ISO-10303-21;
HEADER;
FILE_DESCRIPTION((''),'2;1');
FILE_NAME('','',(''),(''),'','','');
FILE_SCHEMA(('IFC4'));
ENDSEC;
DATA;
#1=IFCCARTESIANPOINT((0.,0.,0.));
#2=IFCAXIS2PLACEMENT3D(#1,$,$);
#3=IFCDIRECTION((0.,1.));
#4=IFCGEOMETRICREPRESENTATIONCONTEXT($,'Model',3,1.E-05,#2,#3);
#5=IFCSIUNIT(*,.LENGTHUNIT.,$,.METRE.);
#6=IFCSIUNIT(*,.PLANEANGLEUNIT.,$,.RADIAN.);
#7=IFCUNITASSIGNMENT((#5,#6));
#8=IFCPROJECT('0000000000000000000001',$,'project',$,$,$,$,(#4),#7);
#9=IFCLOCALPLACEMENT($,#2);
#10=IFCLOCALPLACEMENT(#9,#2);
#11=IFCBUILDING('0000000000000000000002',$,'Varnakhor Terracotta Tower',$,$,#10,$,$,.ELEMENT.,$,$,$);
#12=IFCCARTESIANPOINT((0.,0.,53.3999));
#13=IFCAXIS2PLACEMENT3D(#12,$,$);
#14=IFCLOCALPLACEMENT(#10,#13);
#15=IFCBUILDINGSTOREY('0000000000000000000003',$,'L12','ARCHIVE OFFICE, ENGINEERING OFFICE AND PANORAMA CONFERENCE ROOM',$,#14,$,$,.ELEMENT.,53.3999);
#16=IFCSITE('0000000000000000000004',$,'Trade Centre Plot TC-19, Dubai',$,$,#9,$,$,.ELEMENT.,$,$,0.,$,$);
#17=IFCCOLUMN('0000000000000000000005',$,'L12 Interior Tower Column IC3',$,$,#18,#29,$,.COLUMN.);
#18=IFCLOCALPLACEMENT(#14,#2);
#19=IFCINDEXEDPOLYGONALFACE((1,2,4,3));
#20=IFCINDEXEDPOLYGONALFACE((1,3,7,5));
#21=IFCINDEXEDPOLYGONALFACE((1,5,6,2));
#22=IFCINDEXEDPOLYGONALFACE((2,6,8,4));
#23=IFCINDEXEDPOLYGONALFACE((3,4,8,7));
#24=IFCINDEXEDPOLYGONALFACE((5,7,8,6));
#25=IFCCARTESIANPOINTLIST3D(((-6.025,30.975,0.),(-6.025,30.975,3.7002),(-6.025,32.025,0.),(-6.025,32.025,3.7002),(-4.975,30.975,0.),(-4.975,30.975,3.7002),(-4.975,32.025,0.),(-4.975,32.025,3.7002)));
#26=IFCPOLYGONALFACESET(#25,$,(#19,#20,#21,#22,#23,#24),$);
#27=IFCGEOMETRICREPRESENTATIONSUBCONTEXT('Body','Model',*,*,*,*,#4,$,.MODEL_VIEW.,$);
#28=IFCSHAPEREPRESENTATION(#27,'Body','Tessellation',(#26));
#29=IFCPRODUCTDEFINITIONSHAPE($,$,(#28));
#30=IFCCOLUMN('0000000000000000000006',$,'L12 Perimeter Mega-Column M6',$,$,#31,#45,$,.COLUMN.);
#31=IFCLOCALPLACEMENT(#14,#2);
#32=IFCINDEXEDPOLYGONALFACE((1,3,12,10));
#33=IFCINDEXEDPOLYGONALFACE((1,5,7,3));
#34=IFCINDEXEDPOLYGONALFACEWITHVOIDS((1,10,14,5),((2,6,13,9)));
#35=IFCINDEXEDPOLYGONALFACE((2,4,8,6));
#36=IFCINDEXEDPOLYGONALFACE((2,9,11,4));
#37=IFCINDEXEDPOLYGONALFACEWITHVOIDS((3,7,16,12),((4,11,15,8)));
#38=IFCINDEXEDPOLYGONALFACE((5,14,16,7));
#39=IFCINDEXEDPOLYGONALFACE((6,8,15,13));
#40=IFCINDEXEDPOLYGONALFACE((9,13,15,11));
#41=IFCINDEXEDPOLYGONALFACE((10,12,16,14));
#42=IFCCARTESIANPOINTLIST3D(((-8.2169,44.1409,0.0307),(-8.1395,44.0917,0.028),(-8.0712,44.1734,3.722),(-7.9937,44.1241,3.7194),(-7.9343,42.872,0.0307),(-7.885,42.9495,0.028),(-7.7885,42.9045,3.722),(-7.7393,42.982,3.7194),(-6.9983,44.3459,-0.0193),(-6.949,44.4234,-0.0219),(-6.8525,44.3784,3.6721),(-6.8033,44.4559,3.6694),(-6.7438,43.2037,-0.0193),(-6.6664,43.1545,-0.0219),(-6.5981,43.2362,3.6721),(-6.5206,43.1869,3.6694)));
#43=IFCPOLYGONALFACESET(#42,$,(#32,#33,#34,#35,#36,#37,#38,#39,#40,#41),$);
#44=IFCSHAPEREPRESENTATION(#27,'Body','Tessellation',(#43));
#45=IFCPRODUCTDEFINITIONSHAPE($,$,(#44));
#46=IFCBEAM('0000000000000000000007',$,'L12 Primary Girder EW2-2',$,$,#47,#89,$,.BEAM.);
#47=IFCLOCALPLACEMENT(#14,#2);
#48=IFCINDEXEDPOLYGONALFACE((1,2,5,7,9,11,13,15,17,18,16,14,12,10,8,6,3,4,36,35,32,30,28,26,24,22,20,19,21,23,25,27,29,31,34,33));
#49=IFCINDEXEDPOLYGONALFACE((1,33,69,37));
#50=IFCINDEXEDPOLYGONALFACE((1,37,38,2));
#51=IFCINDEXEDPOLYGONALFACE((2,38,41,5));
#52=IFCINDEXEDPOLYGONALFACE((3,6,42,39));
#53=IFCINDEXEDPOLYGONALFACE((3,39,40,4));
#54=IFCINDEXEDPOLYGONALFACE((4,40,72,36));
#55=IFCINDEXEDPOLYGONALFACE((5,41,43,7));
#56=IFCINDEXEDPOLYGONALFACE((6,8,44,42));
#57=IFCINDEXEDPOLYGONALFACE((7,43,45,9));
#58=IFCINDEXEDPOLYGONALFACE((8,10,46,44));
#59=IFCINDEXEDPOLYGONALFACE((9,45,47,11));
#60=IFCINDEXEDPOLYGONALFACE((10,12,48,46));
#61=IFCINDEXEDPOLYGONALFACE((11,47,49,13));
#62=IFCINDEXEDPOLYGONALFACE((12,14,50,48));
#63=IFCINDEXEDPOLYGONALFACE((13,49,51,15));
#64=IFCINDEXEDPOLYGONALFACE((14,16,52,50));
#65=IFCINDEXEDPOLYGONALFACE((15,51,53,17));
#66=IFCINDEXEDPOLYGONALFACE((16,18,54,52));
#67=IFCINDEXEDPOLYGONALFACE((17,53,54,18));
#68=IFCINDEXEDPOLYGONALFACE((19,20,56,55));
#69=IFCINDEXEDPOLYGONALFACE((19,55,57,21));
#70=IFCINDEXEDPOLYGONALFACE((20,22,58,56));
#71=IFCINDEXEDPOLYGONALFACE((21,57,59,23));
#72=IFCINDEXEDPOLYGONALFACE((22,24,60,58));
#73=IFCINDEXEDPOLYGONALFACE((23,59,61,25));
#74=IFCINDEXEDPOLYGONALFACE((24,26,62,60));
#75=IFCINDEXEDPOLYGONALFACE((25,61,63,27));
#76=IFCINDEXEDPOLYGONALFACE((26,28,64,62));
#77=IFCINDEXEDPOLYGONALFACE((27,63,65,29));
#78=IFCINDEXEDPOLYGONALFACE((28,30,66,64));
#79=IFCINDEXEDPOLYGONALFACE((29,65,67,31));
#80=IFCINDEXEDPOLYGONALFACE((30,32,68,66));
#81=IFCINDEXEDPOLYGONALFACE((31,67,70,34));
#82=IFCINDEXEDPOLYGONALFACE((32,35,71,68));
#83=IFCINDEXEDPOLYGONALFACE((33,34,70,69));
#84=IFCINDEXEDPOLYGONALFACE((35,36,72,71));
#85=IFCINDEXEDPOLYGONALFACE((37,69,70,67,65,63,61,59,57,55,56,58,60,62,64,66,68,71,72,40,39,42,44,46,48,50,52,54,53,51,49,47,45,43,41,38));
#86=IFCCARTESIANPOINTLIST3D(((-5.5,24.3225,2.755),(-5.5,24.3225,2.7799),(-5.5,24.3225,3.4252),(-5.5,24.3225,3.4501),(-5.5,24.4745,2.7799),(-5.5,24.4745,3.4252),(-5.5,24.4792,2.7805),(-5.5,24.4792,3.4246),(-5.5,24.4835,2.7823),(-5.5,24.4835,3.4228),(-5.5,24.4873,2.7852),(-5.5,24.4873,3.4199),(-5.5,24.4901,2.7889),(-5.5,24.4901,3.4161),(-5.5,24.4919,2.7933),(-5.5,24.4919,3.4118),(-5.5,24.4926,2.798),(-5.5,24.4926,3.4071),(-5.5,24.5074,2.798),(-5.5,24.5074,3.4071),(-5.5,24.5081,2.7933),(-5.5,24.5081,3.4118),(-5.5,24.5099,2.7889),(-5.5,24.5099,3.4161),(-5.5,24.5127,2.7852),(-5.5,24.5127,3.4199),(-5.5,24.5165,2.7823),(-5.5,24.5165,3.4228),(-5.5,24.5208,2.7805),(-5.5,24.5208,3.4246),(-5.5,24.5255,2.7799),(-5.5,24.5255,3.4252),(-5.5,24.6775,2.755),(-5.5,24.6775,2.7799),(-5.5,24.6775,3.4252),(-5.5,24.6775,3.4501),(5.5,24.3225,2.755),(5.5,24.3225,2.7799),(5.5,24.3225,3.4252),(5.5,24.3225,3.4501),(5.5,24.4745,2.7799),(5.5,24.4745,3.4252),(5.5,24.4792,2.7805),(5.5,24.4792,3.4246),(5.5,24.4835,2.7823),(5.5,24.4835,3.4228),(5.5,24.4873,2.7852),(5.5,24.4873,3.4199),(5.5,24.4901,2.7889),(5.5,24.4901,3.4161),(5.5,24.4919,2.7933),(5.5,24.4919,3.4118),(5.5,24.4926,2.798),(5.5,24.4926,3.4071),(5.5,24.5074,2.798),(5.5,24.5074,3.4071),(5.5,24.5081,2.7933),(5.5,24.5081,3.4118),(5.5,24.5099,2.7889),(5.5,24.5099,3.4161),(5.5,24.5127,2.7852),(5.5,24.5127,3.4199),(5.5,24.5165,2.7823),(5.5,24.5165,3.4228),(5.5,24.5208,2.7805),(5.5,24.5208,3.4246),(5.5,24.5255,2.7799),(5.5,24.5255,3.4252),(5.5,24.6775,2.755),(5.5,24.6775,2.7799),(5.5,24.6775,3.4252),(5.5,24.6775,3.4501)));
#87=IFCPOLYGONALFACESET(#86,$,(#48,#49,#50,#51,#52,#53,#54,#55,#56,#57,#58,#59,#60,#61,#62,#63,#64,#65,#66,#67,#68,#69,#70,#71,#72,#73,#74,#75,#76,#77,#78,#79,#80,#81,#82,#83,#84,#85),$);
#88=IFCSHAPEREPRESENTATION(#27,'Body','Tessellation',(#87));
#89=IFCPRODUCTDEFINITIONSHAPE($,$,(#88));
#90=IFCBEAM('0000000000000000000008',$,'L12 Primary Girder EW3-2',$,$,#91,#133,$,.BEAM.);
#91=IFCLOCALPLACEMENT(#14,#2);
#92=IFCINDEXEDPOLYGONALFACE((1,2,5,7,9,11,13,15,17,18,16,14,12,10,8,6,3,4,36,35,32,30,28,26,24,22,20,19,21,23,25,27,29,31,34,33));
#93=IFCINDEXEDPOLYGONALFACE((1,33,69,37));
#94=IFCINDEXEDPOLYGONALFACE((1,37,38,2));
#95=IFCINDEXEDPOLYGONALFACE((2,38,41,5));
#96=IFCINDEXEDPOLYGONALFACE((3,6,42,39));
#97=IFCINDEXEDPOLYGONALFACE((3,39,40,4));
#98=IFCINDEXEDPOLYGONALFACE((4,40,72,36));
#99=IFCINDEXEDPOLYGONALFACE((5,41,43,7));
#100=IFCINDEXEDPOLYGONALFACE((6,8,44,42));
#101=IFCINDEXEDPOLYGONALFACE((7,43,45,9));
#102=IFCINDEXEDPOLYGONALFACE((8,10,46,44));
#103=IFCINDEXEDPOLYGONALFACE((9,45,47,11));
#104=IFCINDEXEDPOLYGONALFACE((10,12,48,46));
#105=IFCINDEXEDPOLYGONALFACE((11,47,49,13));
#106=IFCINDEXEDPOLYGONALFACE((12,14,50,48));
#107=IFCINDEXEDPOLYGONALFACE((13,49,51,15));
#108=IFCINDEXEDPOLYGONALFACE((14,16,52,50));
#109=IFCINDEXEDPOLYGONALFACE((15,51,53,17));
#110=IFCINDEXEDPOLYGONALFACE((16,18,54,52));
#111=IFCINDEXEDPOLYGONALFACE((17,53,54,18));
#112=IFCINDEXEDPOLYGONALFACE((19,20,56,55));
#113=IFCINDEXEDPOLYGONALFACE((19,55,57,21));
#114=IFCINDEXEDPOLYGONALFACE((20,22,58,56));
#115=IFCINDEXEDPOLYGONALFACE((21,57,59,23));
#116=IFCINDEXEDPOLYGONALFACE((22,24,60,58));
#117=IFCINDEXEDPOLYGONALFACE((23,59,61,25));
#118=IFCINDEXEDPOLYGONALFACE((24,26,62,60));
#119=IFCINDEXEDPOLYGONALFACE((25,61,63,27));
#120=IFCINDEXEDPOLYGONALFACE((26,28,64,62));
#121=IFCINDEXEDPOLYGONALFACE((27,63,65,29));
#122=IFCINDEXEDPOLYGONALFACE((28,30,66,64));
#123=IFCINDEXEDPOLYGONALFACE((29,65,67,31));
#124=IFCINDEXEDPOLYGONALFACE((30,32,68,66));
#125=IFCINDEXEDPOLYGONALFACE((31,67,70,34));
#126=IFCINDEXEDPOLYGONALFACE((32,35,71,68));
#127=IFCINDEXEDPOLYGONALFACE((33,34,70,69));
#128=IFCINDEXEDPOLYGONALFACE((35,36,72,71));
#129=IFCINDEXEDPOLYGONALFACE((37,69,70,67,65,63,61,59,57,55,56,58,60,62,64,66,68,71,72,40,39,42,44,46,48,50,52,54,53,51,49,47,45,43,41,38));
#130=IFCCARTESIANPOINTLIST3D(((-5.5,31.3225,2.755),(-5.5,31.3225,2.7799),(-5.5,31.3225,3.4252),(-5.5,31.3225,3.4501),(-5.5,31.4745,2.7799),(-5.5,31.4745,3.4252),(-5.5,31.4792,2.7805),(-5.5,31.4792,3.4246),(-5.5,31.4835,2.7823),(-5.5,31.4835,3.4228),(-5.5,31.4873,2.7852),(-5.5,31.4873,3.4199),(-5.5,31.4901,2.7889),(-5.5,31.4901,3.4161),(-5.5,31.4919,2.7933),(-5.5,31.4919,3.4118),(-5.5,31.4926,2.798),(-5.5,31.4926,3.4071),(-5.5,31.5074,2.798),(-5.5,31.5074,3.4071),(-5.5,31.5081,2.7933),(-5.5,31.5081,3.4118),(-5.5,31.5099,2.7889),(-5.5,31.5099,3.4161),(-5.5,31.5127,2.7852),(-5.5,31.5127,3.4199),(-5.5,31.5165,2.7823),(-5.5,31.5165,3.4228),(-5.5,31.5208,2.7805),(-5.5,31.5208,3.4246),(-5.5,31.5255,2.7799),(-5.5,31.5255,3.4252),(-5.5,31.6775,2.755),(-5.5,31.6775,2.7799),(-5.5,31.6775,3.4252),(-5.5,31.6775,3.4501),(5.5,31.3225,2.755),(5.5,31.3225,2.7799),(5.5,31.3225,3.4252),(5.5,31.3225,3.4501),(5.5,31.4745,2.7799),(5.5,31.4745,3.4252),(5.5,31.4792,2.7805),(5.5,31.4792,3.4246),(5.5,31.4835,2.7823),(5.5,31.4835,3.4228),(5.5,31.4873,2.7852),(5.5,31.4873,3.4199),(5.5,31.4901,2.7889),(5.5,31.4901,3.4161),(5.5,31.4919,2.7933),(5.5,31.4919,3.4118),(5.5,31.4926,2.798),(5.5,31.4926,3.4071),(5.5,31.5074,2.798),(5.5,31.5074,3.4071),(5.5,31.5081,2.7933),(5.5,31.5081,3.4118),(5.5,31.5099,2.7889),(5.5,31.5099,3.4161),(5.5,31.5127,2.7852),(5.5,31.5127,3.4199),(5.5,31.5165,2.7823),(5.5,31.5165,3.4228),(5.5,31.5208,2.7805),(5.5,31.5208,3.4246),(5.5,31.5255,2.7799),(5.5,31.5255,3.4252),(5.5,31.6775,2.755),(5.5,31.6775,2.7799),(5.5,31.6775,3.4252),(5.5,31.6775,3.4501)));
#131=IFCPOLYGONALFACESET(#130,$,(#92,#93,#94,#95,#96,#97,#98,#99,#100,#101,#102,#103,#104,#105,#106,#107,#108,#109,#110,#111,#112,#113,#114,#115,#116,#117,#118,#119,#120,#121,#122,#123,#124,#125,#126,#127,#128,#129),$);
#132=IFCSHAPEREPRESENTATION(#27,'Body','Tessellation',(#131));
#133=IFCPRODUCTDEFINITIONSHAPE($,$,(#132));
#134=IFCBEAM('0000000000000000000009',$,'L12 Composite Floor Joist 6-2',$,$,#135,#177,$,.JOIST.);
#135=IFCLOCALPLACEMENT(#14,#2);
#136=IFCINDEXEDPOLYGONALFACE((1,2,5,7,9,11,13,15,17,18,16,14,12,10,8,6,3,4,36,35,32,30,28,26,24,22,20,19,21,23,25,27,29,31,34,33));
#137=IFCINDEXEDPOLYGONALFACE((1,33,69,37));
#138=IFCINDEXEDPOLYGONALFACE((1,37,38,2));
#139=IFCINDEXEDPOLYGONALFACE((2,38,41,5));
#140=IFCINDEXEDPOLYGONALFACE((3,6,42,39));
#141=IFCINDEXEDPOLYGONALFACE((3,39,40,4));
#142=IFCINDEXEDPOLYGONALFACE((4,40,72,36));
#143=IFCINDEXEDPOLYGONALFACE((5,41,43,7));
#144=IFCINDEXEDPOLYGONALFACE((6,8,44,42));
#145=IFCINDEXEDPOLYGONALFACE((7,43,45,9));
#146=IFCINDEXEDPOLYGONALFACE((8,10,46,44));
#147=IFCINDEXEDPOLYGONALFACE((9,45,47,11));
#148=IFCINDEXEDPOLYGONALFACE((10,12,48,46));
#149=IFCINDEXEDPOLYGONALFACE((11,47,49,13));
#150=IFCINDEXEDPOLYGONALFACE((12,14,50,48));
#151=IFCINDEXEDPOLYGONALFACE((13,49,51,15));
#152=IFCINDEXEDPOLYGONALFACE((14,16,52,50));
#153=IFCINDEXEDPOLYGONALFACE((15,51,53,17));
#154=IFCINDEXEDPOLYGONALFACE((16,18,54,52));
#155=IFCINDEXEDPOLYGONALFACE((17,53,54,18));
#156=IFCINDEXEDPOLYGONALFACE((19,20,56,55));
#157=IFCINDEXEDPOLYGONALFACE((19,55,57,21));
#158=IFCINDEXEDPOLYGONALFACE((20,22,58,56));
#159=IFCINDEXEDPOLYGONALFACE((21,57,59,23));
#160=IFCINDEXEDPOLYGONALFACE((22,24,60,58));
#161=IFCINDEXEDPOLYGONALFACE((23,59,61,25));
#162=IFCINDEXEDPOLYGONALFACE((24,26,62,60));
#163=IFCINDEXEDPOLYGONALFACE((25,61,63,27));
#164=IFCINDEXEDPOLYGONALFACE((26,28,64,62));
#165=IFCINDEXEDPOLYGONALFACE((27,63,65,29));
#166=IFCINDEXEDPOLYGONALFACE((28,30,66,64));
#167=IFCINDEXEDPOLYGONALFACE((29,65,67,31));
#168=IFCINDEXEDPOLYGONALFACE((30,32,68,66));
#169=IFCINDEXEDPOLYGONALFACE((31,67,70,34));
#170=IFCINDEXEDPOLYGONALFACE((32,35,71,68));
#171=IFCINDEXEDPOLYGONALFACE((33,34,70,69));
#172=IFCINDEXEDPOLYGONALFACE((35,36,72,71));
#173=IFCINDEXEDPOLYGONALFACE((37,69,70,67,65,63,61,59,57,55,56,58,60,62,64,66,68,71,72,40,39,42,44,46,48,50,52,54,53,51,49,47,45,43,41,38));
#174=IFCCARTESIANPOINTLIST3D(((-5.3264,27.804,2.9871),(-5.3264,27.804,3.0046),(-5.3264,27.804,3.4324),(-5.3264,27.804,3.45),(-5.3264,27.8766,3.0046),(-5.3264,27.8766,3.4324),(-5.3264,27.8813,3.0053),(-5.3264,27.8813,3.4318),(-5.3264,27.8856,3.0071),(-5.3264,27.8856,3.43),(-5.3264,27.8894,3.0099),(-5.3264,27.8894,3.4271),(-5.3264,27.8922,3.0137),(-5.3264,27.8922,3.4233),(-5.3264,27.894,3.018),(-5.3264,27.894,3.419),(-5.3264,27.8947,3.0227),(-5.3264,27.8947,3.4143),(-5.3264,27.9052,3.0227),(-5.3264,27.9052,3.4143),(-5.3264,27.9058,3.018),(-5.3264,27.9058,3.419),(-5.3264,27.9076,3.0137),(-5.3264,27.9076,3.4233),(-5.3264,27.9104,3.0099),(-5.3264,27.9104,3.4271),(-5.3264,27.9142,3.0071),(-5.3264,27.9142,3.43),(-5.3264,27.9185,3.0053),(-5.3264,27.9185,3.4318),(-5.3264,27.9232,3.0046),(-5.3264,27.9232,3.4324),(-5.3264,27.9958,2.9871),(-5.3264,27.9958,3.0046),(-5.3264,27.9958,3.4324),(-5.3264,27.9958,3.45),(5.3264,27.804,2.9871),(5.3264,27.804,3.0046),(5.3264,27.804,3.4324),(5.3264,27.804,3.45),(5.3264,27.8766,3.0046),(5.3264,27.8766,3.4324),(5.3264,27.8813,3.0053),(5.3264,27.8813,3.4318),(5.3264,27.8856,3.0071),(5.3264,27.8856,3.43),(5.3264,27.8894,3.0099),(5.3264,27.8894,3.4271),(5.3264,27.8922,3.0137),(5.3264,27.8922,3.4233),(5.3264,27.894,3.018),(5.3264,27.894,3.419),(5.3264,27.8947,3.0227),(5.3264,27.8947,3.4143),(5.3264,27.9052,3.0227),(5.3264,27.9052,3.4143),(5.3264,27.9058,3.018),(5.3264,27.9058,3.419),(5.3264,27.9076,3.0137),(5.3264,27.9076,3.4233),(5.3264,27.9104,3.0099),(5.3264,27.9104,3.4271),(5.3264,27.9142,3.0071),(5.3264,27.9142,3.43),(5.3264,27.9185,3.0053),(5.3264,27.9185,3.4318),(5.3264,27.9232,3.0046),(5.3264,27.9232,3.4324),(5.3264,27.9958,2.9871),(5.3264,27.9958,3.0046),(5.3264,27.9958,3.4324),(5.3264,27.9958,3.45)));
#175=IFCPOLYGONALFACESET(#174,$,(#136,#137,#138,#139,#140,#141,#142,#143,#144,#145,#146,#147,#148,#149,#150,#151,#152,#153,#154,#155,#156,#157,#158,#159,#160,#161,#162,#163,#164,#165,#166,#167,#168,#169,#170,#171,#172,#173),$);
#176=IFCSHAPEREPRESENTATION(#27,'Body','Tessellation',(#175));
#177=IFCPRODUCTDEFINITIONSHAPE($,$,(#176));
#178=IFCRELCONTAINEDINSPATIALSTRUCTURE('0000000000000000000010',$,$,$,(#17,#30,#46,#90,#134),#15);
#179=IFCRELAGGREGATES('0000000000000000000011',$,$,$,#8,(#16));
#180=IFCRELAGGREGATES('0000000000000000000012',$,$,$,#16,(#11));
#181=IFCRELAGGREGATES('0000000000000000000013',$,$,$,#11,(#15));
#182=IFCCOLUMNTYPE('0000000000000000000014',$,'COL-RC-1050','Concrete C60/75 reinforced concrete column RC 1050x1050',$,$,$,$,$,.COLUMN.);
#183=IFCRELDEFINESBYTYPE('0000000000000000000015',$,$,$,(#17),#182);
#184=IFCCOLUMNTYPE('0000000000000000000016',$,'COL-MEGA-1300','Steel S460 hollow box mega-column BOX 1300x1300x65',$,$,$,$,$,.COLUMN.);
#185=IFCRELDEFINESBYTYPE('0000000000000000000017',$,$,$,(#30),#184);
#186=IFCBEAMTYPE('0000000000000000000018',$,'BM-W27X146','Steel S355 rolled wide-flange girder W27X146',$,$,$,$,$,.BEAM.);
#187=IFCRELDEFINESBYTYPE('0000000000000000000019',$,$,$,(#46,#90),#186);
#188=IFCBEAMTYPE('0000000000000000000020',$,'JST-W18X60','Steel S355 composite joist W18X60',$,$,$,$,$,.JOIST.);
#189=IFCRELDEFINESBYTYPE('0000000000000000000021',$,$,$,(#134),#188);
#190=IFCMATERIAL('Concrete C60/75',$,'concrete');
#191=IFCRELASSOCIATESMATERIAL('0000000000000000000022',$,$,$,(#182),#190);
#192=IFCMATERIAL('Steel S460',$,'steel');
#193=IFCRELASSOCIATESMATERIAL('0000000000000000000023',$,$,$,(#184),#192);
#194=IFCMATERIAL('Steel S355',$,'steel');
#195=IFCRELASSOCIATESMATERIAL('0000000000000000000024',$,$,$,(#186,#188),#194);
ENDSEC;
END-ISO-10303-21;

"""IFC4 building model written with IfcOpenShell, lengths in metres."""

from ifc_helpers import new_model, si_unit, direction, frame, origin, origin_2d, place, context, subcontext, project, spatial, rectangle, hollow_rectangle, i_section, extrude, source, transform, mapped, material, material_profile, profile_set, type_object, element, save


model = new_model("IFC4")

# Units and contexts
model_context = context("Model", 3, precision=1e-05, world=origin(), true_north=direction((0.0, 1.0)))
body_context = subcontext(model_context, "Body", "Model", "MODEL_VIEW")
ifc_project = project(units=[si_unit("LENGTHUNIT", "METRE"), si_unit("PLANEANGLEUNIT", "RADIAN")], contexts=[model_context])

# Site, building, storey
site_placement = place(None, origin())
site = spatial("IfcSite", under=ifc_project, at=site_placement, Name="Trade Centre Plot TC-19, Dubai", CompositionType="ELEMENT", RefElevation=0.0)
building_placement = place(site_placement, origin())
building = spatial("IfcBuilding", under=site, at=building_placement, Name="Varnakhor Terracotta Tower", CompositionType="ELEMENT")
storey_placement = place(building_placement, frame((0.0, 0.0, 53.3999)))
storey = spatial("IfcBuildingStorey", under=building, at=storey_placement, Name="L12", Description="ARCHIVE OFFICE, ENGINEERING OFFICE AND PANORAMA CONFERENCE ROOM", CompositionType="ELEMENT", Elevation=53.3999)

# Columns
ifc_material_1 = material(Name="Concrete C60/75", Category="concrete")
ifc_material_profile_1 = material_profile(ifc_material_1, rectangle(XDim=1.05, YDim=1.05, at=origin_2d()), Name="RC 1050x1050")
ifc_profile_set_1 = profile_set([ifc_material_profile_1], Name="Concrete C60/75")
column_type_1 = type_object("IfcColumnType", Name="COL-RC-1050", Description="Concrete C60/75 reinforced concrete column RC 1050x1050", PredefinedType="COLUMN", material=ifc_profile_set_1)
shared_shape_1 = source(origin(), body_context, "Body", "SweptSolid", [
    extrude(rectangle(XDim=1.05, YDim=1.05, at=origin_2d()), origin(), (0.0, 0.0, 1.0), 3.7002),
])
column_1_placement = place(storey_placement, frame((-5.5, 31.5, 0.0), z_axis=(0.0, 0.0, 1.0), x_axis=(1.0, 0.0, 0.0)))
element("IfcColumn", 1, at=column_1_placement, inside=storey, type_object=column_type_1, Name="L12 Interior Tower Column IC3", PredefinedType="COLUMN", context=body_context, shape_type="MappedRepresentation", body=[
    mapped(shared_shape_1, transform((0.0, 0.0, 0.0), scale=1.0)),
])
ifc_material_2 = material(Name="Steel S460", Category="steel")
ifc_material_profile_2 = material_profile(ifc_material_2, hollow_rectangle(XDim=1.3, YDim=1.3, WallThickness=0.0649, at=origin_2d()), Name="BOX 1300x1300x65")
ifc_profile_set_2 = profile_set([ifc_material_profile_2], Name="Steel S460")
column_type_2 = type_object("IfcColumnType", Name="COL-MEGA-1300", Description="Steel S460 hollow box mega-column BOX 1300x1300x65", PredefinedType="COLUMN", material=ifc_profile_set_2)
shared_shape_2 = source(origin(), body_context, "Body", "SweptSolid", [
    extrude(hollow_rectangle(XDim=1.3, YDim=1.3, WallThickness=0.0649, at=origin_2d()), origin(), (0.0, 0.0, 1.0), 3.6943),
])
column_2_placement = place(storey_placement, frame((-7.4417, 43.6477, 0.0044), z_axis=(0.039452, 0.008789, 0.999183), x_axis=(-0.21745, 0.976072, 0.0)))
element("IfcColumn", 2, at=column_2_placement, inside=storey, type_object=column_type_2, Name="L12 Perimeter Mega-Column M6", PredefinedType="COLUMN", context=body_context, shape_type="MappedRepresentation", body=[
    mapped(shared_shape_2, transform((0.0, 0.0, 0.0), scale=1.0)),
])

# Beams
ifc_material_3 = material(Name="Steel S355", Category="steel")
ifc_material_profile_3 = material_profile(ifc_material_3, i_section(OverallWidth=0.355, OverallDepth=0.6951, WebThickness=0.0149, FlangeThickness=0.0249, FilletRadius=0.0181, at=origin_2d()), Name="W27X146")
ifc_profile_set_3 = profile_set([ifc_material_profile_3], Name="Steel S355")
beam_type_1 = type_object("IfcBeamType", Name="BM-W27X146", Description="Steel S355 rolled wide-flange girder W27X146", PredefinedType="BEAM", material=ifc_profile_set_3)
shared_shape_3 = source(origin(), body_context, "Body", "SweptSolid", [
    extrude(i_section(OverallWidth=0.355, OverallDepth=0.6951, WebThickness=0.0149, FlangeThickness=0.0249, FilletRadius=0.0181, at=origin_2d()), origin(), (0.0, 0.0, 1.0), 11.0),
])
for number, where, z_axis, x_axis, name in (
    (3, (-5.5, 24.5, 3.1025), (1.0, 0.0, 0.0), (0.0, 1.0, 0.0), "L12 Primary Girder EW2-2"),
    (4, (-5.5, 31.5, 3.1025), (1.0, 0.0, 0.0), (0.0, 1.0, 0.0), "L12 Primary Girder EW3-2"),
):
    element("IfcBeam", number, at=place(storey_placement, frame(where, z_axis=z_axis, x_axis=x_axis)), inside=storey, type_object=beam_type_1, Name=name, PredefinedType="BEAM", context=body_context, shape_type="MappedRepresentation", body=[
        mapped(shared_shape_3, transform((0.0, 0.0, 0.0), scale=1.0)),
    ])
ifc_material_profile_4 = material_profile(ifc_material_3, i_section(OverallWidth=0.1919, OverallDepth=0.4629, WebThickness=0.0105, FlangeThickness=0.0176, FilletRadius=0.0181, at=origin_2d()), Name="W18X60")
ifc_profile_set_4 = profile_set([ifc_material_profile_4], Name="Steel S355")
beam_type_2 = type_object("IfcBeamType", Name="JST-W18X60", Description="Steel S355 composite joist W18X60", PredefinedType="JOIST", material=ifc_profile_set_4)
shared_shape_4 = source(origin(), body_context, "Body", "SweptSolid", [
    extrude(i_section(OverallWidth=0.1919, OverallDepth=0.4629, WebThickness=0.0105, FlangeThickness=0.0176, FilletRadius=0.0181, at=origin_2d()), origin(), (0.0, 0.0, 1.0), 10.6528),
])
for number, where, z_axis, x_axis, name in (
    (5, (-5.3264, 27.8999, 3.2185), (1.0, 0.0, 0.0), (0.0, 1.0, 0.0), "L12 Composite Floor Joist 6-2"),
):
    element("IfcBeam", number, at=place(storey_placement, frame(where, z_axis=z_axis, x_axis=x_axis)), inside=storey, type_object=beam_type_2, Name=name, PredefinedType="JOIST", context=body_context, shape_type="MappedRepresentation", body=[
        mapped(shared_shape_4, transform((0.0, 0.0, 0.0), scale=1.0)),
    ])

save(model, "model.ifc")
